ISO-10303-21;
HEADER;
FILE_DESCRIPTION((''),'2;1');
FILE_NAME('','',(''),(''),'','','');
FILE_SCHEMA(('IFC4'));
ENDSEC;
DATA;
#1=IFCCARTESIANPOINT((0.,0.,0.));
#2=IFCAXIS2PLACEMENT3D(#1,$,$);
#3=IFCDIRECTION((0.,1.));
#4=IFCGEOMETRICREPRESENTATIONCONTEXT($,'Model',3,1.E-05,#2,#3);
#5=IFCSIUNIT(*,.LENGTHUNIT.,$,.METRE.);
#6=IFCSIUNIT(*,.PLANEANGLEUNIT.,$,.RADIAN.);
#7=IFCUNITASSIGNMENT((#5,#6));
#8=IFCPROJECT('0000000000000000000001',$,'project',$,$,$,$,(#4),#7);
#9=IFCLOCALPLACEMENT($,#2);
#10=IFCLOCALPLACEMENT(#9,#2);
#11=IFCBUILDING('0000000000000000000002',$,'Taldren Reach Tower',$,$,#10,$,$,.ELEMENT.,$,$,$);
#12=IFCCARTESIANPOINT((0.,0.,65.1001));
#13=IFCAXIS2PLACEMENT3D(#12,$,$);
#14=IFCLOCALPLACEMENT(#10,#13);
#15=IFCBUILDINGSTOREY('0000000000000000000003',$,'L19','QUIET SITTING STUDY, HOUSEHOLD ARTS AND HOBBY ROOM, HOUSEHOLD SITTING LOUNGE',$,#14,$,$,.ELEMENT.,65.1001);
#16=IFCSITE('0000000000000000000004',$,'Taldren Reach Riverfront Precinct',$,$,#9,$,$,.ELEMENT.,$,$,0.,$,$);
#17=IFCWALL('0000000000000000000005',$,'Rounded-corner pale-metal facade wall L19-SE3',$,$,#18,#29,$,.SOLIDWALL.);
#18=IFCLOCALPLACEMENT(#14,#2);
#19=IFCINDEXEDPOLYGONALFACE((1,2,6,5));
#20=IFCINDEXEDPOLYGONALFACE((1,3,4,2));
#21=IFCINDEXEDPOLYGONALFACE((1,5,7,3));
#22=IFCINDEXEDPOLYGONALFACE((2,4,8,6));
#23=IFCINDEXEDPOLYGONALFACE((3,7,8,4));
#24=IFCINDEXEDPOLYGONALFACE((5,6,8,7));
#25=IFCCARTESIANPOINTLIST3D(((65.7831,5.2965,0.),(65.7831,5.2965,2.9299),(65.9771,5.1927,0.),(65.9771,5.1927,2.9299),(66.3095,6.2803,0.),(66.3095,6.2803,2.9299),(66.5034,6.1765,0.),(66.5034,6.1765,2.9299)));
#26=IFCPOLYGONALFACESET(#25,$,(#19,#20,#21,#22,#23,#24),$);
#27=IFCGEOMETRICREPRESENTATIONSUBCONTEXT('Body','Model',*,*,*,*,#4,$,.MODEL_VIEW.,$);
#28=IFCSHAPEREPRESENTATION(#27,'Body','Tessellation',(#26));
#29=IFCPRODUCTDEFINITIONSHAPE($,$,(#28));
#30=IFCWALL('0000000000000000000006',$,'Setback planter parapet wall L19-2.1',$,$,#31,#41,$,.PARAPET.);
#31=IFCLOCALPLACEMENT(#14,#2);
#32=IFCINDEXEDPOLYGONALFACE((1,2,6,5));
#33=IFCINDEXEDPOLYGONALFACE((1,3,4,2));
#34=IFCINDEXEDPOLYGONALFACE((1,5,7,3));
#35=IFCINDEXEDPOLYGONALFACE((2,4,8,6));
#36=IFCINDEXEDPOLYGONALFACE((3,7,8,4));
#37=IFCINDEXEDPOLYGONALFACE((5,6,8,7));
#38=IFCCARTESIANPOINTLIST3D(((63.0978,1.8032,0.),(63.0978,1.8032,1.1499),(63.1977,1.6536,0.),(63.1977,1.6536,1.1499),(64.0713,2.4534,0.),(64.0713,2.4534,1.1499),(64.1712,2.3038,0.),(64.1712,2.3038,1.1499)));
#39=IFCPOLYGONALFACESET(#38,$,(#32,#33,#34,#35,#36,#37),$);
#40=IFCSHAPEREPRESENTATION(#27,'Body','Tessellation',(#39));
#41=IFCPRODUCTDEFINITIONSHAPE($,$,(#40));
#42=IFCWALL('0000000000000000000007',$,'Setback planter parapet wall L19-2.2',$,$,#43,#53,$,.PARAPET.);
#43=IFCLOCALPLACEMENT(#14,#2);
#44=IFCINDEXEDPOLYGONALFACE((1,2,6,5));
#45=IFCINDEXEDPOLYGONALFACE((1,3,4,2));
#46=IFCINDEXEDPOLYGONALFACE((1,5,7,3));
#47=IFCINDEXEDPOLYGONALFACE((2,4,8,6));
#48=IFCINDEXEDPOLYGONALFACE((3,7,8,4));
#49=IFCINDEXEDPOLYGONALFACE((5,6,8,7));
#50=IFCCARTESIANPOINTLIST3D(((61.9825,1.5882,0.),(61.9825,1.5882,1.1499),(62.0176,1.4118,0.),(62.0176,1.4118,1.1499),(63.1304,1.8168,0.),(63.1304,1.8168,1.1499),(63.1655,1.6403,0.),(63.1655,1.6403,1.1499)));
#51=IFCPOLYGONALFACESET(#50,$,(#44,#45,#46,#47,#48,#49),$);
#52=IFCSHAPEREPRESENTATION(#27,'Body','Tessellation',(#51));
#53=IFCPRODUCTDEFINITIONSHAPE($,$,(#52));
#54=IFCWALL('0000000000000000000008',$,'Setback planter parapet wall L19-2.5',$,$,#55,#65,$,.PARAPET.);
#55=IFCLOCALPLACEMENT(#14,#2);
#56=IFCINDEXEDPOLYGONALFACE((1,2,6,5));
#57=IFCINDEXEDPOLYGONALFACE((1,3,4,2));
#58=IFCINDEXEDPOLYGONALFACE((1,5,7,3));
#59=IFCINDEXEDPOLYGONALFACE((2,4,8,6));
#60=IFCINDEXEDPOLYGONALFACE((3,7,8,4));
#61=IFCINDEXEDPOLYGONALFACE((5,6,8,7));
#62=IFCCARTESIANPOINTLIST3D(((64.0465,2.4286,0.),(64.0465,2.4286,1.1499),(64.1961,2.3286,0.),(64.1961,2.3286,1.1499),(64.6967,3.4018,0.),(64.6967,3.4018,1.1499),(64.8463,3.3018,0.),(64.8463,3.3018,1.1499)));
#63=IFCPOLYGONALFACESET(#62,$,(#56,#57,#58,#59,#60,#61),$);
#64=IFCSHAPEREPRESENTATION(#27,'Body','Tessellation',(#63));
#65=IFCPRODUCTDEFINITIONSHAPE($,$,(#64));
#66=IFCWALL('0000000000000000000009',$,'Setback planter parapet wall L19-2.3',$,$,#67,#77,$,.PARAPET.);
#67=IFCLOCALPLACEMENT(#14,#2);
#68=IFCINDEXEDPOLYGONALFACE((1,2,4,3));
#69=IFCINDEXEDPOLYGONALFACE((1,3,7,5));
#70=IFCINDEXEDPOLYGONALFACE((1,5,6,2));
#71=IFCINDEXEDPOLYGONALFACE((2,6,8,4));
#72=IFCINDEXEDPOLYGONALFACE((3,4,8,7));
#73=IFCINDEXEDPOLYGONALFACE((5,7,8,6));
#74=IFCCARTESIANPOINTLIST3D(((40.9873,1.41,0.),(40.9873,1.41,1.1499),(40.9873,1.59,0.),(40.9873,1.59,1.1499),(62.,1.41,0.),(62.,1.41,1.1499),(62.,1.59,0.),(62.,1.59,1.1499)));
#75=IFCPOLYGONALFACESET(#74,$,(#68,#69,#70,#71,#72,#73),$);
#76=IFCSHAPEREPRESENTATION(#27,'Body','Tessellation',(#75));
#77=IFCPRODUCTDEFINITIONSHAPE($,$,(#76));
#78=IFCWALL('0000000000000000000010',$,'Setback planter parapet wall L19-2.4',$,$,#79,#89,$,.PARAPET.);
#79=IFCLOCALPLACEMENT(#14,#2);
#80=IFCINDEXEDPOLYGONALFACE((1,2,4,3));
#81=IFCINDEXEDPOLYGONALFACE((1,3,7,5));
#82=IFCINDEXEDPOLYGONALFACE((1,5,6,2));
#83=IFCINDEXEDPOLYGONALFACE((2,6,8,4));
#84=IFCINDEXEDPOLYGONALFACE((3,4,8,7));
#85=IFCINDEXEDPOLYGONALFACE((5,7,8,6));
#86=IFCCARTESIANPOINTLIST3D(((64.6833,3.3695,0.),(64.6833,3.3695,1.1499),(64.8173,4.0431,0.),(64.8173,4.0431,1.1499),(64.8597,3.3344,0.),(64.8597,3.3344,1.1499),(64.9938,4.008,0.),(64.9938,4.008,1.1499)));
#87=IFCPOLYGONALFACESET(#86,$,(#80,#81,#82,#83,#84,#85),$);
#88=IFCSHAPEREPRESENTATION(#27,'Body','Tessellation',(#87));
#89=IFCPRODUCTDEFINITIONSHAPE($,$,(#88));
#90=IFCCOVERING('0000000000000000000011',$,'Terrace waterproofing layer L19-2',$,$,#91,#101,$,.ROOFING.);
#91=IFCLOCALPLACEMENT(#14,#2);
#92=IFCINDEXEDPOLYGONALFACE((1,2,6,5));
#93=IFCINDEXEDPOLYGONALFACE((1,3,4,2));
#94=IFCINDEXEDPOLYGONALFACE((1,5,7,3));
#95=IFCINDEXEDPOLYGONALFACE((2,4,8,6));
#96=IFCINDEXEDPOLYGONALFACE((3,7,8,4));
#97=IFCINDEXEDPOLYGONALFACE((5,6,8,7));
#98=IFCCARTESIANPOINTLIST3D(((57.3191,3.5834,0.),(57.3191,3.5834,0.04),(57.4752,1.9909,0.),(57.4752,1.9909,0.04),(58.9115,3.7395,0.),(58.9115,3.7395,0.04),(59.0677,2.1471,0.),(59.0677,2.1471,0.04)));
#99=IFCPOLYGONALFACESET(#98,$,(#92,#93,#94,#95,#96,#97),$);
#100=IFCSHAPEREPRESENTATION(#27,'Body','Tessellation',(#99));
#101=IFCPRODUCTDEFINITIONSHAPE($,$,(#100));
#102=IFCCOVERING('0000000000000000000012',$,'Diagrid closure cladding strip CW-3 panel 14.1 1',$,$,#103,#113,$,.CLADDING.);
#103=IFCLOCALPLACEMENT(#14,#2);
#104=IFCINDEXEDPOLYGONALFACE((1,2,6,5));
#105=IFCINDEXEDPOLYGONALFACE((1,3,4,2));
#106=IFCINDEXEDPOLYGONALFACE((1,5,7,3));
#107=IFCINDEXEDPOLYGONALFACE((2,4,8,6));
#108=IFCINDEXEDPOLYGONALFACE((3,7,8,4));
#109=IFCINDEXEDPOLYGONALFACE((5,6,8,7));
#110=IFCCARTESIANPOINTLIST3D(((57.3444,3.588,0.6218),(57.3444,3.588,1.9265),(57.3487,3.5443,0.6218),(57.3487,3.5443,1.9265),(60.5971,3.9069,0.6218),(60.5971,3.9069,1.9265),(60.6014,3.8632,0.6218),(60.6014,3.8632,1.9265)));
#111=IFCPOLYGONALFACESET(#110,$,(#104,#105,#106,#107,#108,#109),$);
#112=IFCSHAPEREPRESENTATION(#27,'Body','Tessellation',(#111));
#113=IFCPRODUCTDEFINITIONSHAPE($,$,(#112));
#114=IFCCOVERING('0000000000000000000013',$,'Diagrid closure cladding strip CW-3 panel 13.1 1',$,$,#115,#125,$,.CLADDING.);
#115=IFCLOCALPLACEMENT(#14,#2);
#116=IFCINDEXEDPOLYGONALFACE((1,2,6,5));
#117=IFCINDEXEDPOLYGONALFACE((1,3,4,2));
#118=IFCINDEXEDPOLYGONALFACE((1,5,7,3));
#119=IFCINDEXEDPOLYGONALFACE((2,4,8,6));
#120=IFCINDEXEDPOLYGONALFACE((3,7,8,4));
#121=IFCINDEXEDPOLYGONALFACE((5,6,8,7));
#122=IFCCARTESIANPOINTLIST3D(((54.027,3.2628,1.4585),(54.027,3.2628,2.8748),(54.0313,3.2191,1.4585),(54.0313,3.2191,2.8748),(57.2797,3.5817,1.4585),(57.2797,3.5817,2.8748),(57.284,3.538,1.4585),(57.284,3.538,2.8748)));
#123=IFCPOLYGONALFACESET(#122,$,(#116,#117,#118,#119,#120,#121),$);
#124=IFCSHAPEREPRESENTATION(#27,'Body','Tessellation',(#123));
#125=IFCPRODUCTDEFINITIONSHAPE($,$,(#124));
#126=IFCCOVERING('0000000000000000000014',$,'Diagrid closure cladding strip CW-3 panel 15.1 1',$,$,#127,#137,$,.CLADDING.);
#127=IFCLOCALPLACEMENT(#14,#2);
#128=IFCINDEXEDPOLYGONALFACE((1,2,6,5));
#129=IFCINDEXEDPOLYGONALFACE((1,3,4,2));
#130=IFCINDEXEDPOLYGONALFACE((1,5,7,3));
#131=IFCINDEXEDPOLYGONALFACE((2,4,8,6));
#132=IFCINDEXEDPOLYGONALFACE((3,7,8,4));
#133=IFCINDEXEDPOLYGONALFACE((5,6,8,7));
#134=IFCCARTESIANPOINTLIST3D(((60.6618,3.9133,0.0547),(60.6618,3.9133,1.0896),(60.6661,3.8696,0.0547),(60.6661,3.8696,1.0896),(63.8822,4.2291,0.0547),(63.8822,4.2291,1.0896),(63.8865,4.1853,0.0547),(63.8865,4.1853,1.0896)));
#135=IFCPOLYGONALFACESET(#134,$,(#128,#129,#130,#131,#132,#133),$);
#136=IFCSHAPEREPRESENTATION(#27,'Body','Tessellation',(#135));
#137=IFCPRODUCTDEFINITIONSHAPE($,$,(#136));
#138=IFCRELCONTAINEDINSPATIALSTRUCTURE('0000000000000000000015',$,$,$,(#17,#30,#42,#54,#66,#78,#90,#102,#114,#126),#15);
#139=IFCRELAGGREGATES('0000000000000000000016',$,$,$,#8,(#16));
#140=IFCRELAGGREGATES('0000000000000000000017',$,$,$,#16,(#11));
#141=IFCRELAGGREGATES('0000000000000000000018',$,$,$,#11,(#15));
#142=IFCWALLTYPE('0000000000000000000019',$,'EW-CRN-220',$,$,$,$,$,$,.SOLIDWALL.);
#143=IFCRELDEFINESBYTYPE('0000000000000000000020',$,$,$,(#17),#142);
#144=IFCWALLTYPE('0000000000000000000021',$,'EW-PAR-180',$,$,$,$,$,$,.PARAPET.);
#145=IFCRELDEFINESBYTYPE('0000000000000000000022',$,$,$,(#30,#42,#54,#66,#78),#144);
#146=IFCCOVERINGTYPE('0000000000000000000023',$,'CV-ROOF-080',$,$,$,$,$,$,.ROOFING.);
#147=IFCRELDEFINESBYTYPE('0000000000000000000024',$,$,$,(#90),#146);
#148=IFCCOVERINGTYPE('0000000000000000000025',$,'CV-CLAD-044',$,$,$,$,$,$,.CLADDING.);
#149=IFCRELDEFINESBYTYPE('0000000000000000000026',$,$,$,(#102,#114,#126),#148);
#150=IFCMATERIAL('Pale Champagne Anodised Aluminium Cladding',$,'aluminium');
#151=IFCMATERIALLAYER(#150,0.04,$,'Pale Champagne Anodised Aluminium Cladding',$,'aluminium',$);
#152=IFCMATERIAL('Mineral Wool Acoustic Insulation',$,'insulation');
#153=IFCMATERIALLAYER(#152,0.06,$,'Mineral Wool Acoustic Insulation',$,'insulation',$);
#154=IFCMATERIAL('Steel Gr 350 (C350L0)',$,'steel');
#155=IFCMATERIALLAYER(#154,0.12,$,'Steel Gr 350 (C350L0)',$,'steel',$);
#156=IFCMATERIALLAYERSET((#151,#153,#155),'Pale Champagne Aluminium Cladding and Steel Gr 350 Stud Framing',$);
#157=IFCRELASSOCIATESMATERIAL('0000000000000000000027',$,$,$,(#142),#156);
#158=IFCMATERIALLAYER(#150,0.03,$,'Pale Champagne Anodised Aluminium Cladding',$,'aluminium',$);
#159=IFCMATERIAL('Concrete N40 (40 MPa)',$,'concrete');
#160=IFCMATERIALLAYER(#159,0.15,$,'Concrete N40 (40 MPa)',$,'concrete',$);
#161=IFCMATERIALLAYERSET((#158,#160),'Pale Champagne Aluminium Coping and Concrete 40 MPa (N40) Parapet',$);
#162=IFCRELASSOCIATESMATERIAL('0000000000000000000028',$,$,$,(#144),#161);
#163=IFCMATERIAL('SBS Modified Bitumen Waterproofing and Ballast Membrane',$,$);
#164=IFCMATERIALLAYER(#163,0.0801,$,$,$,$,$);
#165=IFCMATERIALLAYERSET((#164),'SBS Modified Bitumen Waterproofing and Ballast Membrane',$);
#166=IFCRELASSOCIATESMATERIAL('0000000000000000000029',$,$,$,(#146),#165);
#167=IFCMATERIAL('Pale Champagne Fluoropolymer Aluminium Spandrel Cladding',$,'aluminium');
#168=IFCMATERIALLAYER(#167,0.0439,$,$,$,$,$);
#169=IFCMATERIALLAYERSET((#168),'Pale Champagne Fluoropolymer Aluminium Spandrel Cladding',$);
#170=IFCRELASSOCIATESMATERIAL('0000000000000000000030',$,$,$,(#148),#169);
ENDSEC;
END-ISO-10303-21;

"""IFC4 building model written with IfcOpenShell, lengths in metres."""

from ifc_helpers import new_model, si_unit, direction, frame, frame_2d, origin, origin_2d, place, context, subcontext, project, spatial, rectangle, extrude, source, transform, mapped, material, layer, layer_set, type_object, element, save


model = new_model("IFC4")

# Units and contexts
model_context = context("Model", 3, precision=1e-05, world=origin(), true_north=direction((0.0, 1.0)))
body_context = subcontext(model_context, "Body", "Model", "MODEL_VIEW")
ifc_project = project(units=[si_unit("LENGTHUNIT", "METRE"), si_unit("PLANEANGLEUNIT", "RADIAN")], contexts=[model_context])

# Site, building, storey
site_placement = place(None, origin())
site = spatial("IfcSite", under=ifc_project, at=site_placement, Name="Taldren Reach Riverfront Precinct", CompositionType="ELEMENT", RefElevation=0.0)
building_placement = place(site_placement, origin())
building = spatial("IfcBuilding", under=site, at=building_placement, Name="Taldren Reach Tower", CompositionType="ELEMENT")
storey_placement = place(building_placement, frame((0.0, 0.0, 65.1001)))
storey = spatial("IfcBuildingStorey", under=building, at=storey_placement, Name="L19", Description="QUIET SITTING STUDY, HOUSEHOLD ARTS AND HOBBY ROOM, HOUSEHOLD SITTING LOUNGE", CompositionType="ELEMENT", Elevation=65.1001)

# Shared definitions
ifc_material_1 = material(Name="Steel Gr 350 (C350L0)", Category="steel")

# Walls
ifc_material_2 = material(Name="Pale Champagne Anodised Aluminium Cladding", Category="aluminium")
ifc_layer_1 = layer(ifc_material_2, 0.04, Name="Pale Champagne Anodised Aluminium Cladding", Category="aluminium")
ifc_material_3 = material(Name="Mineral Wool Acoustic Insulation", Category="insulation")
ifc_layer_2 = layer(ifc_material_3, 0.06, Name="Mineral Wool Acoustic Insulation", Category="insulation")
ifc_layer_3 = layer(ifc_material_1, 0.12, Name="Steel Gr 350 (C350L0)", Category="steel")
ifc_layer_set_1 = layer_set([ifc_layer_1, ifc_layer_2, ifc_layer_3], Name="Pale Champagne Aluminium Cladding and Steel Gr 350 Stud Framing")
wall_type_1 = type_object("IfcWallType", Name="EW-CRN-220", PredefinedType="SOLIDWALL", material=ifc_layer_set_1)
shared_shape_1 = source(origin(), body_context, "Body", "SweptSolid", [
    extrude(rectangle(XDim=1.1157, YDim=0.22, at=frame_2d((0.5579, 0.0))), origin(), (0.0, 0.0, 1.0), 2.9299),
])
for number, where, z_axis, x_axis, name in (
    (1, (65.8801, 5.2446, 0.0), (0.0, 0.0, 1.0), (0.471723, 0.881747, 0.0), "Rounded-corner pale-metal facade wall L19-SE3"),
):
    element("IfcWall", number, at=place(storey_placement, frame(where, z_axis=z_axis, x_axis=x_axis)), inside=storey, type_object=wall_type_1, Name=name, PredefinedType="SOLIDWALL", context=body_context, shape_type="MappedRepresentation", body=[
        mapped(shared_shape_1, transform((0.0, 0.0, 0.0), scale=1.0)),
    ])
ifc_layer_4 = layer(ifc_material_2, 0.03, Name="Pale Champagne Anodised Aluminium Cladding", Category="aluminium")
ifc_material_4 = material(Name="Concrete N40 (40 MPa)", Category="concrete")
ifc_layer_5 = layer(ifc_material_4, 0.15, Name="Concrete N40 (40 MPa)", Category="concrete")
ifc_layer_set_2 = layer_set([ifc_layer_4, ifc_layer_5], Name="Pale Champagne Aluminium Coping and Concrete 40 MPa (N40) Parapet")
wall_type_2 = type_object("IfcWallType", Name="EW-PAR-180", PredefinedType="PARAPET", material=ifc_layer_set_2)
shared_shape_2 = source(origin(), body_context, "Body", "SweptSolid", [
    extrude(rectangle(XDim=1.1707, YDim=0.1799, at=frame_2d((0.5854, 0.0))), origin(), (0.0, 0.0, 1.0), 1.1499),
])
wall_1_placement = place(storey_placement, frame((64.1213, 2.3787, 0.0), z_axis=(0.0, 0.0, 1.0), x_axis=(-0.831569, -0.555422, 0.0)))
element("IfcWall", 2, at=wall_1_placement, inside=storey, type_object=wall_type_2, Name="Setback planter parapet wall L19-2.1", PredefinedType="PARAPET", context=body_context, shape_type="MappedRepresentation", body=[
    mapped(shared_shape_2, transform((0.0, 0.0, 0.0), scale=1.0)),
])
shared_shape_3 = source(origin(), body_context, "Body", "SweptSolid", [
    extrude(rectangle(XDim=1.1704, YDim=0.1799, at=frame_2d((0.5852, 0.0))), origin(), (0.0, 0.0, 1.0), 1.1499),
])
for number, where, z_axis, x_axis, name in (
    (3, (63.1479, 1.7285, 0.0), (0.0, 0.0, 1.0), (-0.980757, -0.195234, 0.0), "Setback planter parapet wall L19-2.2"),
    (4, (64.7715, 3.3518, 0.0), (0.0, 0.0, 1.0), (-0.555518, -0.831504, 0.0), "Setback planter parapet wall L19-2.5"),
):
    element("IfcWall", number, at=place(storey_placement, frame(where, z_axis=z_axis, x_axis=x_axis)), inside=storey, type_object=wall_type_2, Name=name, PredefinedType="PARAPET", context=body_context, shape_type="MappedRepresentation", body=[
        mapped(shared_shape_3, transform((0.0, 0.0, 0.0), scale=1.0)),
    ])
shared_shape_4 = source(origin(), body_context, "Body", "SweptSolid", [
    extrude(rectangle(XDim=21.0127, YDim=0.1799, at=frame_2d((10.5063, 0.0))), origin(), (0.0, 0.0, 1.0), 1.1499),
])
wall_2_placement = place(storey_placement, frame((62.0, 1.5, 0.0), z_axis=(0.0, 0.0, 1.0), x_axis=(-1.0, 0.0, 0.0)))
element("IfcWall", 5, at=wall_2_placement, inside=storey, type_object=wall_type_2, Name="Setback planter parapet wall L19-2.3", PredefinedType="PARAPET", context=body_context, shape_type="MappedRepresentation", body=[
    mapped(shared_shape_4, transform((0.0, 0.0, 0.0), scale=1.0)),
])
shared_shape_5 = source(origin(), body_context, "Body", "SweptSolid", [
    extrude(rectangle(XDim=0.6868, YDim=0.1799, at=frame_2d((0.3433, 0.0))), origin(), (0.0, 0.0, 1.0), 1.1499),
])
wall_3_placement = place(storey_placement, frame((64.9055, 4.0254, 0.0), z_axis=(0.0, 0.0, 1.0), x_axis=(-0.195159, -0.980772, 0.0)))
element("IfcWall", 6, at=wall_3_placement, inside=storey, type_object=wall_type_2, Name="Setback planter parapet wall L19-2.4", PredefinedType="PARAPET", context=body_context, shape_type="MappedRepresentation", body=[
    mapped(shared_shape_5, transform((0.0, 0.0, 0.0), scale=1.0)),
])

# Coverings
ifc_material_5 = material(Name="SBS Modified Bitumen Waterproofing and Ballast Membrane")
ifc_layer_6 = layer(ifc_material_5, 0.0801)
ifc_layer_set_3 = layer_set([ifc_layer_6], Name="SBS Modified Bitumen Waterproofing and Ballast Membrane")
covering_type_1 = type_object("IfcCoveringType", Name="CV-ROOF-080", PredefinedType="ROOFING", material=ifc_layer_set_3)
shared_shape_6 = source(origin(), body_context, "Body", "SweptSolid", [
    extrude(rectangle(XDim=1.6001, YDim=1.6001, at=origin_2d()), origin(), (0.0, 0.0, 1.0), 0.04),
])
covering_1_placement = place(storey_placement, frame((58.1934, 2.8652, 0.0), z_axis=(0.0, 0.0, 1.0), x_axis=(0.995227, 0.097583, 0.0)))
element("IfcCovering", 7, at=covering_1_placement, inside=storey, type_object=covering_type_1, Name="Terrace waterproofing layer L19-2", PredefinedType="ROOFING", context=body_context, shape_type="MappedRepresentation", body=[
    mapped(shared_shape_6, transform((0.0, 0.0, 0.0), scale=1.0)),
])
ifc_material_6 = material(Name="Pale Champagne Fluoropolymer Aluminium Spandrel Cladding", Category="aluminium")
ifc_layer_7 = layer(ifc_material_6, 0.0439)
ifc_layer_set_4 = layer_set([ifc_layer_7], Name="Pale Champagne Fluoropolymer Aluminium Spandrel Cladding")
covering_type_2 = type_object("IfcCoveringType", Name="CV-CLAD-044", PredefinedType="CLADDING", material=ifc_layer_set_4)
shared_shape_7 = source(origin(), body_context, "Body", "SweptSolid", [
    extrude(rectangle(XDim=3.2683, YDim=0.0439, at=origin_2d()), origin(), (0.0, 0.0, 1.0), 1.3047),
])
covering_2_placement = place(storey_placement, frame((58.9729, 3.7256, 0.6218), z_axis=(0.0, 0.0, 1.0), x_axis=(0.995227, 0.097583, 0.0)))
element("IfcCovering", 8, at=covering_2_placement, inside=storey, type_object=covering_type_2, Name="Diagrid closure cladding strip CW-3 panel 14.1 1", PredefinedType="CLADDING", context=body_context, shape_type="MappedRepresentation", body=[
    mapped(shared_shape_7, transform((0.0, 0.0, 0.0), scale=1.0)),
])
shared_shape_8 = source(origin(), body_context, "Body", "SweptSolid", [
    extrude(rectangle(XDim=3.2683, YDim=0.0439, at=origin_2d()), origin(), (0.0, 0.0, 1.0), 1.4163),
])
covering_3_placement = place(storey_placement, frame((55.6555, 3.4004, 1.4585), z_axis=(0.0, 0.0, 1.0), x_axis=(0.995227, 0.097583, 0.0)))
element("IfcCovering", 9, at=covering_3_placement, inside=storey, type_object=covering_type_2, Name="Diagrid closure cladding strip CW-3 panel 13.1 1", PredefinedType="CLADDING", context=body_context, shape_type="MappedRepresentation", body=[
    mapped(shared_shape_8, transform((0.0, 0.0, 0.0), scale=1.0)),
])
shared_shape_9 = source(origin(), body_context, "Body", "SweptSolid", [
    extrude(rectangle(XDim=3.2358, YDim=0.0439, at=origin_2d()), origin(), (0.0, 0.0, 1.0), 1.0349),
])
covering_4_placement = place(storey_placement, frame((62.2742, 4.0493, 0.0547), z_axis=(0.0, 0.0, 1.0), x_axis=(0.995227, 0.097583, 0.0)))
element("IfcCovering", 10, at=covering_4_placement, inside=storey, type_object=covering_type_2, Name="Diagrid closure cladding strip CW-3 panel 15.1 1", PredefinedType="CLADDING", context=body_context, shape_type="MappedRepresentation", body=[
    mapped(shared_shape_9, transform((0.0, 0.0, 0.0), scale=1.0)),
])

save(model, "model.ifc")
